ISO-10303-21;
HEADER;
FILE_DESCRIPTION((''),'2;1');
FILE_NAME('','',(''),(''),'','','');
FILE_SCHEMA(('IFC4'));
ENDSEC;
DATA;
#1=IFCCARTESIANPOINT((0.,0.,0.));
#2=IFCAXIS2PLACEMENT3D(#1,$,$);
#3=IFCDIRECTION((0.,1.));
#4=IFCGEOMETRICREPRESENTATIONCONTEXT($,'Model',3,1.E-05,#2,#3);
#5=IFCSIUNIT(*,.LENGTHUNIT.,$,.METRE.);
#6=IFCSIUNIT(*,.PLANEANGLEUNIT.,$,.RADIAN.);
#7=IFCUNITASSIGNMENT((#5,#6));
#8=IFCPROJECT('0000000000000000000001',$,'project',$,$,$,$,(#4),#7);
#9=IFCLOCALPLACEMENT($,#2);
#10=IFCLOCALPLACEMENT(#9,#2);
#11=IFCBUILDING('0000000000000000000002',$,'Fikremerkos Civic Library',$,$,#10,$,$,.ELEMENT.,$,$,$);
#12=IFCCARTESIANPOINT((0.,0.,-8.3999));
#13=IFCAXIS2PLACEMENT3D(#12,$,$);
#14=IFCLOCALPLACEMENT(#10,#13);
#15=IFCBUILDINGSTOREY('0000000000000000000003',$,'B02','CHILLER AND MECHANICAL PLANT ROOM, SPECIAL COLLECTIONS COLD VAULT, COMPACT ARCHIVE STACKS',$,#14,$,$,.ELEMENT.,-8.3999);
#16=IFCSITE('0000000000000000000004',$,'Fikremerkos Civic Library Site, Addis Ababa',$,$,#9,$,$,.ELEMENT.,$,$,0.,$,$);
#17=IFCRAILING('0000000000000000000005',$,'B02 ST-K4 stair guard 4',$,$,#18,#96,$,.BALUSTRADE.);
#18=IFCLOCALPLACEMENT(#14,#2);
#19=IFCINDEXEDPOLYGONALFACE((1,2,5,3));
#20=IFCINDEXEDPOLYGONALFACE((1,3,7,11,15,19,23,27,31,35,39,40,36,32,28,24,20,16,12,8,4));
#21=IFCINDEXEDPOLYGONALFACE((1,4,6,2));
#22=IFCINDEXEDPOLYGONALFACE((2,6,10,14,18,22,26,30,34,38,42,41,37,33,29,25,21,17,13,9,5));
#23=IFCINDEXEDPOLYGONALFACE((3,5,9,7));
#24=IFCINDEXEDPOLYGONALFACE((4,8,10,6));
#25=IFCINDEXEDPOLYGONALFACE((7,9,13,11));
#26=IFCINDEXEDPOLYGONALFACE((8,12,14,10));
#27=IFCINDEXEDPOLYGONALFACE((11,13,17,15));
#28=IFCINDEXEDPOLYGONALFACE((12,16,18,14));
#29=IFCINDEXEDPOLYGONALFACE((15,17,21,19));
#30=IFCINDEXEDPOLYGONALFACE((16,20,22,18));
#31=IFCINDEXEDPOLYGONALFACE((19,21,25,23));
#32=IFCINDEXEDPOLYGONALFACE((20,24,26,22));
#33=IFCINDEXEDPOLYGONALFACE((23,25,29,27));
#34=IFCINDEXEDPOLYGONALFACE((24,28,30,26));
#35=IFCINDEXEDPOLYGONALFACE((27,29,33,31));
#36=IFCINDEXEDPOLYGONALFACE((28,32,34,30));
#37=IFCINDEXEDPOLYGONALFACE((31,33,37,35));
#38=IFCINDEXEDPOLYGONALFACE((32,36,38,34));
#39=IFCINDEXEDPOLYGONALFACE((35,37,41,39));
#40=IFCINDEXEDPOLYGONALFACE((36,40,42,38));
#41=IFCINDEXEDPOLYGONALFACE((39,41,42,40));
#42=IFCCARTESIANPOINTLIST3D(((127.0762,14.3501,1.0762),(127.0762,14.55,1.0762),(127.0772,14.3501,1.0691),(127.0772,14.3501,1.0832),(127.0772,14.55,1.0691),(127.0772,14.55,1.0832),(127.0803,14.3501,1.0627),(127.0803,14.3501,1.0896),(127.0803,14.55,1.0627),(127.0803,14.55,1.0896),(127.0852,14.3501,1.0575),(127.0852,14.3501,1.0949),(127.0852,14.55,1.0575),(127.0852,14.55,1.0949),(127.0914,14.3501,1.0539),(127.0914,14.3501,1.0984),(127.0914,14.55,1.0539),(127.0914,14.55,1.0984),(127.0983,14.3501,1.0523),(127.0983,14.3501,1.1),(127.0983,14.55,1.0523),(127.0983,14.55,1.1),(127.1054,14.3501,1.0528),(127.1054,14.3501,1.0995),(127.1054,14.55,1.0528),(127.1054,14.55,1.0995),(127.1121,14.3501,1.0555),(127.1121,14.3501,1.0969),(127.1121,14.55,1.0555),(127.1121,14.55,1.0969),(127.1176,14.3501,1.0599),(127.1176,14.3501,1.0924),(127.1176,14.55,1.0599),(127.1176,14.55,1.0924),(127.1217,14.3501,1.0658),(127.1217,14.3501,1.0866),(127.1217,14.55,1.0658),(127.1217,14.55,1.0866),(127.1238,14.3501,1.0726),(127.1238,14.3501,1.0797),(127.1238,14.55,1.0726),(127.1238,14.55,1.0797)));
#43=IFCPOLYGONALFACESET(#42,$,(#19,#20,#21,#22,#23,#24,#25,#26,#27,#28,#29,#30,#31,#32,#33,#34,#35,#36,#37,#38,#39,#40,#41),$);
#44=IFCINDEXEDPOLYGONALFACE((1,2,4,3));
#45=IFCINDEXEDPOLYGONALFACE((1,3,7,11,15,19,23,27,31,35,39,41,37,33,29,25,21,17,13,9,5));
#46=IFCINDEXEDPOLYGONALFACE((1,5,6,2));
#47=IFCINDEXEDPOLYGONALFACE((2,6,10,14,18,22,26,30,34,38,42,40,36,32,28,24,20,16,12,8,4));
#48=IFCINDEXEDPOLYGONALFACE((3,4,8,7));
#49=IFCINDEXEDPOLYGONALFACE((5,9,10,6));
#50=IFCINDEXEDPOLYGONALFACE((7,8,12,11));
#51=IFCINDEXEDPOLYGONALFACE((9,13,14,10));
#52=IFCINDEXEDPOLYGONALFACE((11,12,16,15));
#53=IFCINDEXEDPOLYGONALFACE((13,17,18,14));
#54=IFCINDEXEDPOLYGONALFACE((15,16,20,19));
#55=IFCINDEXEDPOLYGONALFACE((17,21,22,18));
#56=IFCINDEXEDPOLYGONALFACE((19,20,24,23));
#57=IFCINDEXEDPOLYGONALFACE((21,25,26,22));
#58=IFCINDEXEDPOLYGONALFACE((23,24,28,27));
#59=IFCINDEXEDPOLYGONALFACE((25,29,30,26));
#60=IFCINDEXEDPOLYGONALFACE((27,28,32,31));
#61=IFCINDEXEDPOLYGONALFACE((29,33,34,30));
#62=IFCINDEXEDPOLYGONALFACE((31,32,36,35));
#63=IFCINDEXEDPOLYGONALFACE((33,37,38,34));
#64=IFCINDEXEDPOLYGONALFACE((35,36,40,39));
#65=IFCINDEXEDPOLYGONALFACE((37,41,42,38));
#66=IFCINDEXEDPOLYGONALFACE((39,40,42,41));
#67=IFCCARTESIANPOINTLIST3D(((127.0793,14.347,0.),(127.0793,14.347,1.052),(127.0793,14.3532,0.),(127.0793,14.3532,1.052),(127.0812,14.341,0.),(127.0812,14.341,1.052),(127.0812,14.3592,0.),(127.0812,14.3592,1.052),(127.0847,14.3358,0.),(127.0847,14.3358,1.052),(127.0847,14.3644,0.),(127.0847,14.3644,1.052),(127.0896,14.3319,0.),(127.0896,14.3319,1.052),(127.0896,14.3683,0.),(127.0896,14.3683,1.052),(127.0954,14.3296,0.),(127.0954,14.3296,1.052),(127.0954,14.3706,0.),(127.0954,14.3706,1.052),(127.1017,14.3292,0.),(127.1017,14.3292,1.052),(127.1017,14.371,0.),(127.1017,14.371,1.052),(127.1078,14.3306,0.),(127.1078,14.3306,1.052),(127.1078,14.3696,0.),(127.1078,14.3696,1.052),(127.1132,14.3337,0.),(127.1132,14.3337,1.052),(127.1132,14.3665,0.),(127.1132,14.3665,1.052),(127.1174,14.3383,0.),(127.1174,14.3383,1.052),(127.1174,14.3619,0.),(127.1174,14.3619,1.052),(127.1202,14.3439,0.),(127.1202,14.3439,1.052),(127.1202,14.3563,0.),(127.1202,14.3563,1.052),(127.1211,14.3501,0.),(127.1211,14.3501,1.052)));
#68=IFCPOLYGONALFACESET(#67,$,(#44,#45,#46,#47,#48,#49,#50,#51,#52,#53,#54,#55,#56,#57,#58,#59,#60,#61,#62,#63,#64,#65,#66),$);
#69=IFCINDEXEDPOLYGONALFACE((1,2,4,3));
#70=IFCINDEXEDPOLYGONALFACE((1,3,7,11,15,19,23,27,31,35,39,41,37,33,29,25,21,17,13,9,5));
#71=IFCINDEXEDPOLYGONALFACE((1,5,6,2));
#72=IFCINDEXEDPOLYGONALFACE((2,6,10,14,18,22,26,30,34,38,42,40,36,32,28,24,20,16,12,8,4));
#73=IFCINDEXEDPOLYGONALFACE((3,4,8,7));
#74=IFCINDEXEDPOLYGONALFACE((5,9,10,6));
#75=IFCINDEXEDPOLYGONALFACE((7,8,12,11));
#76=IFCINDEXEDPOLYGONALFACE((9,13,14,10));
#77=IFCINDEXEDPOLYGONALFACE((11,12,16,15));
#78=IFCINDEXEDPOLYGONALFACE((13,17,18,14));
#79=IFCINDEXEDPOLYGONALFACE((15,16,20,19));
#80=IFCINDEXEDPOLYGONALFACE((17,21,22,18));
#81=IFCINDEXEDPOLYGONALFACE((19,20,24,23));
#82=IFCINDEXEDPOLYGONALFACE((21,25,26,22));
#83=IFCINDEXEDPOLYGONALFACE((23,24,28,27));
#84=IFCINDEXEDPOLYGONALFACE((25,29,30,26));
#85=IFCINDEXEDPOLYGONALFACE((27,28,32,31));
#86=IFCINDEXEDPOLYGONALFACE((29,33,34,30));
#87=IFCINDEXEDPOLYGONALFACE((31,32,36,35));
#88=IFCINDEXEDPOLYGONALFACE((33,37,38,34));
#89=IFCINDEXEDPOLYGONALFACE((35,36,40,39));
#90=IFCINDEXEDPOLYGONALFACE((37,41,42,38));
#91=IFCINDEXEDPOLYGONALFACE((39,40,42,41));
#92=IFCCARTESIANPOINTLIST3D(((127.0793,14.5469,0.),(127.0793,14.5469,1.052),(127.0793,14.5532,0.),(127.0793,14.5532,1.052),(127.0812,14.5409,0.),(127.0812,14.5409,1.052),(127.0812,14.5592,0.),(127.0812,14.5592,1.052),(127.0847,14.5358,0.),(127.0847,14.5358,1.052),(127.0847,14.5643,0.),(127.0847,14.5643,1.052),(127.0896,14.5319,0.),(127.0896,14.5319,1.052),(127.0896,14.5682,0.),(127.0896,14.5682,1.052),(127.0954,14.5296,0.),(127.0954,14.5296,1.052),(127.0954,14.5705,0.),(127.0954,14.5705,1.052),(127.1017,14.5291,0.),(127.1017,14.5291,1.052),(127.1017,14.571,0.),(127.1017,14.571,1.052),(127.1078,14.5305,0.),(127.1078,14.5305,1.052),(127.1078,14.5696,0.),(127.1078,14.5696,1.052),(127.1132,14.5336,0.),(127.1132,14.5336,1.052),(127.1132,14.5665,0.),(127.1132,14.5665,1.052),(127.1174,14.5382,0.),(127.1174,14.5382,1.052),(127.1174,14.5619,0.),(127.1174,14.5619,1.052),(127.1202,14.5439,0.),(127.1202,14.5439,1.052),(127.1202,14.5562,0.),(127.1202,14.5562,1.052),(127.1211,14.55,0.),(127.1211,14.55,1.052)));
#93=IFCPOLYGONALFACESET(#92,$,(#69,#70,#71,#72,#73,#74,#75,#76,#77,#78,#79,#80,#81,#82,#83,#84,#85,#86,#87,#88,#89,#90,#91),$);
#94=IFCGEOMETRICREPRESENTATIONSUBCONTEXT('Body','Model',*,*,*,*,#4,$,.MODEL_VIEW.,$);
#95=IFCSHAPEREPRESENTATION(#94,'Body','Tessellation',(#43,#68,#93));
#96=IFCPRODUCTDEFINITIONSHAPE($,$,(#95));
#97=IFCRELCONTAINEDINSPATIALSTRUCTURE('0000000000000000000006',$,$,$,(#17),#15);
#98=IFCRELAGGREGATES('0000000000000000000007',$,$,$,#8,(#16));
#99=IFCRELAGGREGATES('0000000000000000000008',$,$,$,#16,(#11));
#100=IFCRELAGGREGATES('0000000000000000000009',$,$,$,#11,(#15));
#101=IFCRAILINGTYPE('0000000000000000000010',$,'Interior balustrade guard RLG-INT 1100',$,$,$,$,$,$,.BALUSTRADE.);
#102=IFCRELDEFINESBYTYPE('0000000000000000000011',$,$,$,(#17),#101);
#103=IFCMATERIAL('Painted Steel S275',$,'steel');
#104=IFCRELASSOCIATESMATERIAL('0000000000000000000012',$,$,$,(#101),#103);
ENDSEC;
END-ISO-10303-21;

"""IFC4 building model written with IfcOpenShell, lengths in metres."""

from ifc_helpers import new_model, si_unit, direction, frame, origin, origin_2d, place, context, subcontext, project, spatial, circle, extrude, material, type_object, element, save


model = new_model("IFC4")

# Units and contexts
model_context = context("Model", 3, precision=1e-05, world=origin(), true_north=direction((0.0, 1.0)))
body_context = subcontext(model_context, "Body", "Model", "MODEL_VIEW")
ifc_project = project(units=[si_unit("LENGTHUNIT", "METRE"), si_unit("PLANEANGLEUNIT", "RADIAN")], contexts=[model_context])

# Site, building, storey
site_placement = place(None, origin())
site = spatial("IfcSite", under=ifc_project, at=site_placement, Name="Fikremerkos Civic Library Site, Addis Ababa", CompositionType="ELEMENT", RefElevation=0.0)
building_placement = place(site_placement, origin())
building = spatial("IfcBuilding", under=site, at=building_placement, Name="Fikremerkos Civic Library", CompositionType="ELEMENT")
storey_placement = place(building_placement, frame((0.0, 0.0, -8.3999)))
storey = spatial("IfcBuildingStorey", under=building, at=storey_placement, Name="B02", Description="CHILLER AND MECHANICAL PLANT ROOM, SPECIAL COLLECTIONS COLD VAULT, COMPACT ARCHIVE STACKS", CompositionType="ELEMENT", Elevation=-8.3999)

# Railing
ifc_material_1 = material(Name="Painted Steel S275", Category="steel")
railing_type_1 = type_object("IfcRailingType", Name="Interior balustrade guard RLG-INT 1100", PredefinedType="BALUSTRADE", material=ifc_material_1)
railing_1_placement = place(storey_placement, frame((127.1001, 14.3501, 0.0)))
element("IfcRailing", 1, at=railing_1_placement, inside=storey, type_object=railing_type_1, Name="B02 ST-K4 stair guard 4", PredefinedType="BALUSTRADE", context=body_context, shape_type="SweptSolid", body=[
    extrude(circle(Radius=0.0239, at=origin_2d()), frame((0.0, 0.0, 1.0762), z_axis=(0.0, 1.0, 0.0), x_axis=(-1.0, 0.0, 0.0)), (0.0, 0.0, 1.0), 0.2),
    extrude(circle(Radius=0.021, at=origin_2d()), origin(), (0.0, 0.0, 1.0), 1.052),
    extrude(circle(Radius=0.021, at=origin_2d()), frame((0.0, 0.2, 0.0)), (0.0, 0.0, 1.0), 1.052),
])

save(model, "model.ifc")
